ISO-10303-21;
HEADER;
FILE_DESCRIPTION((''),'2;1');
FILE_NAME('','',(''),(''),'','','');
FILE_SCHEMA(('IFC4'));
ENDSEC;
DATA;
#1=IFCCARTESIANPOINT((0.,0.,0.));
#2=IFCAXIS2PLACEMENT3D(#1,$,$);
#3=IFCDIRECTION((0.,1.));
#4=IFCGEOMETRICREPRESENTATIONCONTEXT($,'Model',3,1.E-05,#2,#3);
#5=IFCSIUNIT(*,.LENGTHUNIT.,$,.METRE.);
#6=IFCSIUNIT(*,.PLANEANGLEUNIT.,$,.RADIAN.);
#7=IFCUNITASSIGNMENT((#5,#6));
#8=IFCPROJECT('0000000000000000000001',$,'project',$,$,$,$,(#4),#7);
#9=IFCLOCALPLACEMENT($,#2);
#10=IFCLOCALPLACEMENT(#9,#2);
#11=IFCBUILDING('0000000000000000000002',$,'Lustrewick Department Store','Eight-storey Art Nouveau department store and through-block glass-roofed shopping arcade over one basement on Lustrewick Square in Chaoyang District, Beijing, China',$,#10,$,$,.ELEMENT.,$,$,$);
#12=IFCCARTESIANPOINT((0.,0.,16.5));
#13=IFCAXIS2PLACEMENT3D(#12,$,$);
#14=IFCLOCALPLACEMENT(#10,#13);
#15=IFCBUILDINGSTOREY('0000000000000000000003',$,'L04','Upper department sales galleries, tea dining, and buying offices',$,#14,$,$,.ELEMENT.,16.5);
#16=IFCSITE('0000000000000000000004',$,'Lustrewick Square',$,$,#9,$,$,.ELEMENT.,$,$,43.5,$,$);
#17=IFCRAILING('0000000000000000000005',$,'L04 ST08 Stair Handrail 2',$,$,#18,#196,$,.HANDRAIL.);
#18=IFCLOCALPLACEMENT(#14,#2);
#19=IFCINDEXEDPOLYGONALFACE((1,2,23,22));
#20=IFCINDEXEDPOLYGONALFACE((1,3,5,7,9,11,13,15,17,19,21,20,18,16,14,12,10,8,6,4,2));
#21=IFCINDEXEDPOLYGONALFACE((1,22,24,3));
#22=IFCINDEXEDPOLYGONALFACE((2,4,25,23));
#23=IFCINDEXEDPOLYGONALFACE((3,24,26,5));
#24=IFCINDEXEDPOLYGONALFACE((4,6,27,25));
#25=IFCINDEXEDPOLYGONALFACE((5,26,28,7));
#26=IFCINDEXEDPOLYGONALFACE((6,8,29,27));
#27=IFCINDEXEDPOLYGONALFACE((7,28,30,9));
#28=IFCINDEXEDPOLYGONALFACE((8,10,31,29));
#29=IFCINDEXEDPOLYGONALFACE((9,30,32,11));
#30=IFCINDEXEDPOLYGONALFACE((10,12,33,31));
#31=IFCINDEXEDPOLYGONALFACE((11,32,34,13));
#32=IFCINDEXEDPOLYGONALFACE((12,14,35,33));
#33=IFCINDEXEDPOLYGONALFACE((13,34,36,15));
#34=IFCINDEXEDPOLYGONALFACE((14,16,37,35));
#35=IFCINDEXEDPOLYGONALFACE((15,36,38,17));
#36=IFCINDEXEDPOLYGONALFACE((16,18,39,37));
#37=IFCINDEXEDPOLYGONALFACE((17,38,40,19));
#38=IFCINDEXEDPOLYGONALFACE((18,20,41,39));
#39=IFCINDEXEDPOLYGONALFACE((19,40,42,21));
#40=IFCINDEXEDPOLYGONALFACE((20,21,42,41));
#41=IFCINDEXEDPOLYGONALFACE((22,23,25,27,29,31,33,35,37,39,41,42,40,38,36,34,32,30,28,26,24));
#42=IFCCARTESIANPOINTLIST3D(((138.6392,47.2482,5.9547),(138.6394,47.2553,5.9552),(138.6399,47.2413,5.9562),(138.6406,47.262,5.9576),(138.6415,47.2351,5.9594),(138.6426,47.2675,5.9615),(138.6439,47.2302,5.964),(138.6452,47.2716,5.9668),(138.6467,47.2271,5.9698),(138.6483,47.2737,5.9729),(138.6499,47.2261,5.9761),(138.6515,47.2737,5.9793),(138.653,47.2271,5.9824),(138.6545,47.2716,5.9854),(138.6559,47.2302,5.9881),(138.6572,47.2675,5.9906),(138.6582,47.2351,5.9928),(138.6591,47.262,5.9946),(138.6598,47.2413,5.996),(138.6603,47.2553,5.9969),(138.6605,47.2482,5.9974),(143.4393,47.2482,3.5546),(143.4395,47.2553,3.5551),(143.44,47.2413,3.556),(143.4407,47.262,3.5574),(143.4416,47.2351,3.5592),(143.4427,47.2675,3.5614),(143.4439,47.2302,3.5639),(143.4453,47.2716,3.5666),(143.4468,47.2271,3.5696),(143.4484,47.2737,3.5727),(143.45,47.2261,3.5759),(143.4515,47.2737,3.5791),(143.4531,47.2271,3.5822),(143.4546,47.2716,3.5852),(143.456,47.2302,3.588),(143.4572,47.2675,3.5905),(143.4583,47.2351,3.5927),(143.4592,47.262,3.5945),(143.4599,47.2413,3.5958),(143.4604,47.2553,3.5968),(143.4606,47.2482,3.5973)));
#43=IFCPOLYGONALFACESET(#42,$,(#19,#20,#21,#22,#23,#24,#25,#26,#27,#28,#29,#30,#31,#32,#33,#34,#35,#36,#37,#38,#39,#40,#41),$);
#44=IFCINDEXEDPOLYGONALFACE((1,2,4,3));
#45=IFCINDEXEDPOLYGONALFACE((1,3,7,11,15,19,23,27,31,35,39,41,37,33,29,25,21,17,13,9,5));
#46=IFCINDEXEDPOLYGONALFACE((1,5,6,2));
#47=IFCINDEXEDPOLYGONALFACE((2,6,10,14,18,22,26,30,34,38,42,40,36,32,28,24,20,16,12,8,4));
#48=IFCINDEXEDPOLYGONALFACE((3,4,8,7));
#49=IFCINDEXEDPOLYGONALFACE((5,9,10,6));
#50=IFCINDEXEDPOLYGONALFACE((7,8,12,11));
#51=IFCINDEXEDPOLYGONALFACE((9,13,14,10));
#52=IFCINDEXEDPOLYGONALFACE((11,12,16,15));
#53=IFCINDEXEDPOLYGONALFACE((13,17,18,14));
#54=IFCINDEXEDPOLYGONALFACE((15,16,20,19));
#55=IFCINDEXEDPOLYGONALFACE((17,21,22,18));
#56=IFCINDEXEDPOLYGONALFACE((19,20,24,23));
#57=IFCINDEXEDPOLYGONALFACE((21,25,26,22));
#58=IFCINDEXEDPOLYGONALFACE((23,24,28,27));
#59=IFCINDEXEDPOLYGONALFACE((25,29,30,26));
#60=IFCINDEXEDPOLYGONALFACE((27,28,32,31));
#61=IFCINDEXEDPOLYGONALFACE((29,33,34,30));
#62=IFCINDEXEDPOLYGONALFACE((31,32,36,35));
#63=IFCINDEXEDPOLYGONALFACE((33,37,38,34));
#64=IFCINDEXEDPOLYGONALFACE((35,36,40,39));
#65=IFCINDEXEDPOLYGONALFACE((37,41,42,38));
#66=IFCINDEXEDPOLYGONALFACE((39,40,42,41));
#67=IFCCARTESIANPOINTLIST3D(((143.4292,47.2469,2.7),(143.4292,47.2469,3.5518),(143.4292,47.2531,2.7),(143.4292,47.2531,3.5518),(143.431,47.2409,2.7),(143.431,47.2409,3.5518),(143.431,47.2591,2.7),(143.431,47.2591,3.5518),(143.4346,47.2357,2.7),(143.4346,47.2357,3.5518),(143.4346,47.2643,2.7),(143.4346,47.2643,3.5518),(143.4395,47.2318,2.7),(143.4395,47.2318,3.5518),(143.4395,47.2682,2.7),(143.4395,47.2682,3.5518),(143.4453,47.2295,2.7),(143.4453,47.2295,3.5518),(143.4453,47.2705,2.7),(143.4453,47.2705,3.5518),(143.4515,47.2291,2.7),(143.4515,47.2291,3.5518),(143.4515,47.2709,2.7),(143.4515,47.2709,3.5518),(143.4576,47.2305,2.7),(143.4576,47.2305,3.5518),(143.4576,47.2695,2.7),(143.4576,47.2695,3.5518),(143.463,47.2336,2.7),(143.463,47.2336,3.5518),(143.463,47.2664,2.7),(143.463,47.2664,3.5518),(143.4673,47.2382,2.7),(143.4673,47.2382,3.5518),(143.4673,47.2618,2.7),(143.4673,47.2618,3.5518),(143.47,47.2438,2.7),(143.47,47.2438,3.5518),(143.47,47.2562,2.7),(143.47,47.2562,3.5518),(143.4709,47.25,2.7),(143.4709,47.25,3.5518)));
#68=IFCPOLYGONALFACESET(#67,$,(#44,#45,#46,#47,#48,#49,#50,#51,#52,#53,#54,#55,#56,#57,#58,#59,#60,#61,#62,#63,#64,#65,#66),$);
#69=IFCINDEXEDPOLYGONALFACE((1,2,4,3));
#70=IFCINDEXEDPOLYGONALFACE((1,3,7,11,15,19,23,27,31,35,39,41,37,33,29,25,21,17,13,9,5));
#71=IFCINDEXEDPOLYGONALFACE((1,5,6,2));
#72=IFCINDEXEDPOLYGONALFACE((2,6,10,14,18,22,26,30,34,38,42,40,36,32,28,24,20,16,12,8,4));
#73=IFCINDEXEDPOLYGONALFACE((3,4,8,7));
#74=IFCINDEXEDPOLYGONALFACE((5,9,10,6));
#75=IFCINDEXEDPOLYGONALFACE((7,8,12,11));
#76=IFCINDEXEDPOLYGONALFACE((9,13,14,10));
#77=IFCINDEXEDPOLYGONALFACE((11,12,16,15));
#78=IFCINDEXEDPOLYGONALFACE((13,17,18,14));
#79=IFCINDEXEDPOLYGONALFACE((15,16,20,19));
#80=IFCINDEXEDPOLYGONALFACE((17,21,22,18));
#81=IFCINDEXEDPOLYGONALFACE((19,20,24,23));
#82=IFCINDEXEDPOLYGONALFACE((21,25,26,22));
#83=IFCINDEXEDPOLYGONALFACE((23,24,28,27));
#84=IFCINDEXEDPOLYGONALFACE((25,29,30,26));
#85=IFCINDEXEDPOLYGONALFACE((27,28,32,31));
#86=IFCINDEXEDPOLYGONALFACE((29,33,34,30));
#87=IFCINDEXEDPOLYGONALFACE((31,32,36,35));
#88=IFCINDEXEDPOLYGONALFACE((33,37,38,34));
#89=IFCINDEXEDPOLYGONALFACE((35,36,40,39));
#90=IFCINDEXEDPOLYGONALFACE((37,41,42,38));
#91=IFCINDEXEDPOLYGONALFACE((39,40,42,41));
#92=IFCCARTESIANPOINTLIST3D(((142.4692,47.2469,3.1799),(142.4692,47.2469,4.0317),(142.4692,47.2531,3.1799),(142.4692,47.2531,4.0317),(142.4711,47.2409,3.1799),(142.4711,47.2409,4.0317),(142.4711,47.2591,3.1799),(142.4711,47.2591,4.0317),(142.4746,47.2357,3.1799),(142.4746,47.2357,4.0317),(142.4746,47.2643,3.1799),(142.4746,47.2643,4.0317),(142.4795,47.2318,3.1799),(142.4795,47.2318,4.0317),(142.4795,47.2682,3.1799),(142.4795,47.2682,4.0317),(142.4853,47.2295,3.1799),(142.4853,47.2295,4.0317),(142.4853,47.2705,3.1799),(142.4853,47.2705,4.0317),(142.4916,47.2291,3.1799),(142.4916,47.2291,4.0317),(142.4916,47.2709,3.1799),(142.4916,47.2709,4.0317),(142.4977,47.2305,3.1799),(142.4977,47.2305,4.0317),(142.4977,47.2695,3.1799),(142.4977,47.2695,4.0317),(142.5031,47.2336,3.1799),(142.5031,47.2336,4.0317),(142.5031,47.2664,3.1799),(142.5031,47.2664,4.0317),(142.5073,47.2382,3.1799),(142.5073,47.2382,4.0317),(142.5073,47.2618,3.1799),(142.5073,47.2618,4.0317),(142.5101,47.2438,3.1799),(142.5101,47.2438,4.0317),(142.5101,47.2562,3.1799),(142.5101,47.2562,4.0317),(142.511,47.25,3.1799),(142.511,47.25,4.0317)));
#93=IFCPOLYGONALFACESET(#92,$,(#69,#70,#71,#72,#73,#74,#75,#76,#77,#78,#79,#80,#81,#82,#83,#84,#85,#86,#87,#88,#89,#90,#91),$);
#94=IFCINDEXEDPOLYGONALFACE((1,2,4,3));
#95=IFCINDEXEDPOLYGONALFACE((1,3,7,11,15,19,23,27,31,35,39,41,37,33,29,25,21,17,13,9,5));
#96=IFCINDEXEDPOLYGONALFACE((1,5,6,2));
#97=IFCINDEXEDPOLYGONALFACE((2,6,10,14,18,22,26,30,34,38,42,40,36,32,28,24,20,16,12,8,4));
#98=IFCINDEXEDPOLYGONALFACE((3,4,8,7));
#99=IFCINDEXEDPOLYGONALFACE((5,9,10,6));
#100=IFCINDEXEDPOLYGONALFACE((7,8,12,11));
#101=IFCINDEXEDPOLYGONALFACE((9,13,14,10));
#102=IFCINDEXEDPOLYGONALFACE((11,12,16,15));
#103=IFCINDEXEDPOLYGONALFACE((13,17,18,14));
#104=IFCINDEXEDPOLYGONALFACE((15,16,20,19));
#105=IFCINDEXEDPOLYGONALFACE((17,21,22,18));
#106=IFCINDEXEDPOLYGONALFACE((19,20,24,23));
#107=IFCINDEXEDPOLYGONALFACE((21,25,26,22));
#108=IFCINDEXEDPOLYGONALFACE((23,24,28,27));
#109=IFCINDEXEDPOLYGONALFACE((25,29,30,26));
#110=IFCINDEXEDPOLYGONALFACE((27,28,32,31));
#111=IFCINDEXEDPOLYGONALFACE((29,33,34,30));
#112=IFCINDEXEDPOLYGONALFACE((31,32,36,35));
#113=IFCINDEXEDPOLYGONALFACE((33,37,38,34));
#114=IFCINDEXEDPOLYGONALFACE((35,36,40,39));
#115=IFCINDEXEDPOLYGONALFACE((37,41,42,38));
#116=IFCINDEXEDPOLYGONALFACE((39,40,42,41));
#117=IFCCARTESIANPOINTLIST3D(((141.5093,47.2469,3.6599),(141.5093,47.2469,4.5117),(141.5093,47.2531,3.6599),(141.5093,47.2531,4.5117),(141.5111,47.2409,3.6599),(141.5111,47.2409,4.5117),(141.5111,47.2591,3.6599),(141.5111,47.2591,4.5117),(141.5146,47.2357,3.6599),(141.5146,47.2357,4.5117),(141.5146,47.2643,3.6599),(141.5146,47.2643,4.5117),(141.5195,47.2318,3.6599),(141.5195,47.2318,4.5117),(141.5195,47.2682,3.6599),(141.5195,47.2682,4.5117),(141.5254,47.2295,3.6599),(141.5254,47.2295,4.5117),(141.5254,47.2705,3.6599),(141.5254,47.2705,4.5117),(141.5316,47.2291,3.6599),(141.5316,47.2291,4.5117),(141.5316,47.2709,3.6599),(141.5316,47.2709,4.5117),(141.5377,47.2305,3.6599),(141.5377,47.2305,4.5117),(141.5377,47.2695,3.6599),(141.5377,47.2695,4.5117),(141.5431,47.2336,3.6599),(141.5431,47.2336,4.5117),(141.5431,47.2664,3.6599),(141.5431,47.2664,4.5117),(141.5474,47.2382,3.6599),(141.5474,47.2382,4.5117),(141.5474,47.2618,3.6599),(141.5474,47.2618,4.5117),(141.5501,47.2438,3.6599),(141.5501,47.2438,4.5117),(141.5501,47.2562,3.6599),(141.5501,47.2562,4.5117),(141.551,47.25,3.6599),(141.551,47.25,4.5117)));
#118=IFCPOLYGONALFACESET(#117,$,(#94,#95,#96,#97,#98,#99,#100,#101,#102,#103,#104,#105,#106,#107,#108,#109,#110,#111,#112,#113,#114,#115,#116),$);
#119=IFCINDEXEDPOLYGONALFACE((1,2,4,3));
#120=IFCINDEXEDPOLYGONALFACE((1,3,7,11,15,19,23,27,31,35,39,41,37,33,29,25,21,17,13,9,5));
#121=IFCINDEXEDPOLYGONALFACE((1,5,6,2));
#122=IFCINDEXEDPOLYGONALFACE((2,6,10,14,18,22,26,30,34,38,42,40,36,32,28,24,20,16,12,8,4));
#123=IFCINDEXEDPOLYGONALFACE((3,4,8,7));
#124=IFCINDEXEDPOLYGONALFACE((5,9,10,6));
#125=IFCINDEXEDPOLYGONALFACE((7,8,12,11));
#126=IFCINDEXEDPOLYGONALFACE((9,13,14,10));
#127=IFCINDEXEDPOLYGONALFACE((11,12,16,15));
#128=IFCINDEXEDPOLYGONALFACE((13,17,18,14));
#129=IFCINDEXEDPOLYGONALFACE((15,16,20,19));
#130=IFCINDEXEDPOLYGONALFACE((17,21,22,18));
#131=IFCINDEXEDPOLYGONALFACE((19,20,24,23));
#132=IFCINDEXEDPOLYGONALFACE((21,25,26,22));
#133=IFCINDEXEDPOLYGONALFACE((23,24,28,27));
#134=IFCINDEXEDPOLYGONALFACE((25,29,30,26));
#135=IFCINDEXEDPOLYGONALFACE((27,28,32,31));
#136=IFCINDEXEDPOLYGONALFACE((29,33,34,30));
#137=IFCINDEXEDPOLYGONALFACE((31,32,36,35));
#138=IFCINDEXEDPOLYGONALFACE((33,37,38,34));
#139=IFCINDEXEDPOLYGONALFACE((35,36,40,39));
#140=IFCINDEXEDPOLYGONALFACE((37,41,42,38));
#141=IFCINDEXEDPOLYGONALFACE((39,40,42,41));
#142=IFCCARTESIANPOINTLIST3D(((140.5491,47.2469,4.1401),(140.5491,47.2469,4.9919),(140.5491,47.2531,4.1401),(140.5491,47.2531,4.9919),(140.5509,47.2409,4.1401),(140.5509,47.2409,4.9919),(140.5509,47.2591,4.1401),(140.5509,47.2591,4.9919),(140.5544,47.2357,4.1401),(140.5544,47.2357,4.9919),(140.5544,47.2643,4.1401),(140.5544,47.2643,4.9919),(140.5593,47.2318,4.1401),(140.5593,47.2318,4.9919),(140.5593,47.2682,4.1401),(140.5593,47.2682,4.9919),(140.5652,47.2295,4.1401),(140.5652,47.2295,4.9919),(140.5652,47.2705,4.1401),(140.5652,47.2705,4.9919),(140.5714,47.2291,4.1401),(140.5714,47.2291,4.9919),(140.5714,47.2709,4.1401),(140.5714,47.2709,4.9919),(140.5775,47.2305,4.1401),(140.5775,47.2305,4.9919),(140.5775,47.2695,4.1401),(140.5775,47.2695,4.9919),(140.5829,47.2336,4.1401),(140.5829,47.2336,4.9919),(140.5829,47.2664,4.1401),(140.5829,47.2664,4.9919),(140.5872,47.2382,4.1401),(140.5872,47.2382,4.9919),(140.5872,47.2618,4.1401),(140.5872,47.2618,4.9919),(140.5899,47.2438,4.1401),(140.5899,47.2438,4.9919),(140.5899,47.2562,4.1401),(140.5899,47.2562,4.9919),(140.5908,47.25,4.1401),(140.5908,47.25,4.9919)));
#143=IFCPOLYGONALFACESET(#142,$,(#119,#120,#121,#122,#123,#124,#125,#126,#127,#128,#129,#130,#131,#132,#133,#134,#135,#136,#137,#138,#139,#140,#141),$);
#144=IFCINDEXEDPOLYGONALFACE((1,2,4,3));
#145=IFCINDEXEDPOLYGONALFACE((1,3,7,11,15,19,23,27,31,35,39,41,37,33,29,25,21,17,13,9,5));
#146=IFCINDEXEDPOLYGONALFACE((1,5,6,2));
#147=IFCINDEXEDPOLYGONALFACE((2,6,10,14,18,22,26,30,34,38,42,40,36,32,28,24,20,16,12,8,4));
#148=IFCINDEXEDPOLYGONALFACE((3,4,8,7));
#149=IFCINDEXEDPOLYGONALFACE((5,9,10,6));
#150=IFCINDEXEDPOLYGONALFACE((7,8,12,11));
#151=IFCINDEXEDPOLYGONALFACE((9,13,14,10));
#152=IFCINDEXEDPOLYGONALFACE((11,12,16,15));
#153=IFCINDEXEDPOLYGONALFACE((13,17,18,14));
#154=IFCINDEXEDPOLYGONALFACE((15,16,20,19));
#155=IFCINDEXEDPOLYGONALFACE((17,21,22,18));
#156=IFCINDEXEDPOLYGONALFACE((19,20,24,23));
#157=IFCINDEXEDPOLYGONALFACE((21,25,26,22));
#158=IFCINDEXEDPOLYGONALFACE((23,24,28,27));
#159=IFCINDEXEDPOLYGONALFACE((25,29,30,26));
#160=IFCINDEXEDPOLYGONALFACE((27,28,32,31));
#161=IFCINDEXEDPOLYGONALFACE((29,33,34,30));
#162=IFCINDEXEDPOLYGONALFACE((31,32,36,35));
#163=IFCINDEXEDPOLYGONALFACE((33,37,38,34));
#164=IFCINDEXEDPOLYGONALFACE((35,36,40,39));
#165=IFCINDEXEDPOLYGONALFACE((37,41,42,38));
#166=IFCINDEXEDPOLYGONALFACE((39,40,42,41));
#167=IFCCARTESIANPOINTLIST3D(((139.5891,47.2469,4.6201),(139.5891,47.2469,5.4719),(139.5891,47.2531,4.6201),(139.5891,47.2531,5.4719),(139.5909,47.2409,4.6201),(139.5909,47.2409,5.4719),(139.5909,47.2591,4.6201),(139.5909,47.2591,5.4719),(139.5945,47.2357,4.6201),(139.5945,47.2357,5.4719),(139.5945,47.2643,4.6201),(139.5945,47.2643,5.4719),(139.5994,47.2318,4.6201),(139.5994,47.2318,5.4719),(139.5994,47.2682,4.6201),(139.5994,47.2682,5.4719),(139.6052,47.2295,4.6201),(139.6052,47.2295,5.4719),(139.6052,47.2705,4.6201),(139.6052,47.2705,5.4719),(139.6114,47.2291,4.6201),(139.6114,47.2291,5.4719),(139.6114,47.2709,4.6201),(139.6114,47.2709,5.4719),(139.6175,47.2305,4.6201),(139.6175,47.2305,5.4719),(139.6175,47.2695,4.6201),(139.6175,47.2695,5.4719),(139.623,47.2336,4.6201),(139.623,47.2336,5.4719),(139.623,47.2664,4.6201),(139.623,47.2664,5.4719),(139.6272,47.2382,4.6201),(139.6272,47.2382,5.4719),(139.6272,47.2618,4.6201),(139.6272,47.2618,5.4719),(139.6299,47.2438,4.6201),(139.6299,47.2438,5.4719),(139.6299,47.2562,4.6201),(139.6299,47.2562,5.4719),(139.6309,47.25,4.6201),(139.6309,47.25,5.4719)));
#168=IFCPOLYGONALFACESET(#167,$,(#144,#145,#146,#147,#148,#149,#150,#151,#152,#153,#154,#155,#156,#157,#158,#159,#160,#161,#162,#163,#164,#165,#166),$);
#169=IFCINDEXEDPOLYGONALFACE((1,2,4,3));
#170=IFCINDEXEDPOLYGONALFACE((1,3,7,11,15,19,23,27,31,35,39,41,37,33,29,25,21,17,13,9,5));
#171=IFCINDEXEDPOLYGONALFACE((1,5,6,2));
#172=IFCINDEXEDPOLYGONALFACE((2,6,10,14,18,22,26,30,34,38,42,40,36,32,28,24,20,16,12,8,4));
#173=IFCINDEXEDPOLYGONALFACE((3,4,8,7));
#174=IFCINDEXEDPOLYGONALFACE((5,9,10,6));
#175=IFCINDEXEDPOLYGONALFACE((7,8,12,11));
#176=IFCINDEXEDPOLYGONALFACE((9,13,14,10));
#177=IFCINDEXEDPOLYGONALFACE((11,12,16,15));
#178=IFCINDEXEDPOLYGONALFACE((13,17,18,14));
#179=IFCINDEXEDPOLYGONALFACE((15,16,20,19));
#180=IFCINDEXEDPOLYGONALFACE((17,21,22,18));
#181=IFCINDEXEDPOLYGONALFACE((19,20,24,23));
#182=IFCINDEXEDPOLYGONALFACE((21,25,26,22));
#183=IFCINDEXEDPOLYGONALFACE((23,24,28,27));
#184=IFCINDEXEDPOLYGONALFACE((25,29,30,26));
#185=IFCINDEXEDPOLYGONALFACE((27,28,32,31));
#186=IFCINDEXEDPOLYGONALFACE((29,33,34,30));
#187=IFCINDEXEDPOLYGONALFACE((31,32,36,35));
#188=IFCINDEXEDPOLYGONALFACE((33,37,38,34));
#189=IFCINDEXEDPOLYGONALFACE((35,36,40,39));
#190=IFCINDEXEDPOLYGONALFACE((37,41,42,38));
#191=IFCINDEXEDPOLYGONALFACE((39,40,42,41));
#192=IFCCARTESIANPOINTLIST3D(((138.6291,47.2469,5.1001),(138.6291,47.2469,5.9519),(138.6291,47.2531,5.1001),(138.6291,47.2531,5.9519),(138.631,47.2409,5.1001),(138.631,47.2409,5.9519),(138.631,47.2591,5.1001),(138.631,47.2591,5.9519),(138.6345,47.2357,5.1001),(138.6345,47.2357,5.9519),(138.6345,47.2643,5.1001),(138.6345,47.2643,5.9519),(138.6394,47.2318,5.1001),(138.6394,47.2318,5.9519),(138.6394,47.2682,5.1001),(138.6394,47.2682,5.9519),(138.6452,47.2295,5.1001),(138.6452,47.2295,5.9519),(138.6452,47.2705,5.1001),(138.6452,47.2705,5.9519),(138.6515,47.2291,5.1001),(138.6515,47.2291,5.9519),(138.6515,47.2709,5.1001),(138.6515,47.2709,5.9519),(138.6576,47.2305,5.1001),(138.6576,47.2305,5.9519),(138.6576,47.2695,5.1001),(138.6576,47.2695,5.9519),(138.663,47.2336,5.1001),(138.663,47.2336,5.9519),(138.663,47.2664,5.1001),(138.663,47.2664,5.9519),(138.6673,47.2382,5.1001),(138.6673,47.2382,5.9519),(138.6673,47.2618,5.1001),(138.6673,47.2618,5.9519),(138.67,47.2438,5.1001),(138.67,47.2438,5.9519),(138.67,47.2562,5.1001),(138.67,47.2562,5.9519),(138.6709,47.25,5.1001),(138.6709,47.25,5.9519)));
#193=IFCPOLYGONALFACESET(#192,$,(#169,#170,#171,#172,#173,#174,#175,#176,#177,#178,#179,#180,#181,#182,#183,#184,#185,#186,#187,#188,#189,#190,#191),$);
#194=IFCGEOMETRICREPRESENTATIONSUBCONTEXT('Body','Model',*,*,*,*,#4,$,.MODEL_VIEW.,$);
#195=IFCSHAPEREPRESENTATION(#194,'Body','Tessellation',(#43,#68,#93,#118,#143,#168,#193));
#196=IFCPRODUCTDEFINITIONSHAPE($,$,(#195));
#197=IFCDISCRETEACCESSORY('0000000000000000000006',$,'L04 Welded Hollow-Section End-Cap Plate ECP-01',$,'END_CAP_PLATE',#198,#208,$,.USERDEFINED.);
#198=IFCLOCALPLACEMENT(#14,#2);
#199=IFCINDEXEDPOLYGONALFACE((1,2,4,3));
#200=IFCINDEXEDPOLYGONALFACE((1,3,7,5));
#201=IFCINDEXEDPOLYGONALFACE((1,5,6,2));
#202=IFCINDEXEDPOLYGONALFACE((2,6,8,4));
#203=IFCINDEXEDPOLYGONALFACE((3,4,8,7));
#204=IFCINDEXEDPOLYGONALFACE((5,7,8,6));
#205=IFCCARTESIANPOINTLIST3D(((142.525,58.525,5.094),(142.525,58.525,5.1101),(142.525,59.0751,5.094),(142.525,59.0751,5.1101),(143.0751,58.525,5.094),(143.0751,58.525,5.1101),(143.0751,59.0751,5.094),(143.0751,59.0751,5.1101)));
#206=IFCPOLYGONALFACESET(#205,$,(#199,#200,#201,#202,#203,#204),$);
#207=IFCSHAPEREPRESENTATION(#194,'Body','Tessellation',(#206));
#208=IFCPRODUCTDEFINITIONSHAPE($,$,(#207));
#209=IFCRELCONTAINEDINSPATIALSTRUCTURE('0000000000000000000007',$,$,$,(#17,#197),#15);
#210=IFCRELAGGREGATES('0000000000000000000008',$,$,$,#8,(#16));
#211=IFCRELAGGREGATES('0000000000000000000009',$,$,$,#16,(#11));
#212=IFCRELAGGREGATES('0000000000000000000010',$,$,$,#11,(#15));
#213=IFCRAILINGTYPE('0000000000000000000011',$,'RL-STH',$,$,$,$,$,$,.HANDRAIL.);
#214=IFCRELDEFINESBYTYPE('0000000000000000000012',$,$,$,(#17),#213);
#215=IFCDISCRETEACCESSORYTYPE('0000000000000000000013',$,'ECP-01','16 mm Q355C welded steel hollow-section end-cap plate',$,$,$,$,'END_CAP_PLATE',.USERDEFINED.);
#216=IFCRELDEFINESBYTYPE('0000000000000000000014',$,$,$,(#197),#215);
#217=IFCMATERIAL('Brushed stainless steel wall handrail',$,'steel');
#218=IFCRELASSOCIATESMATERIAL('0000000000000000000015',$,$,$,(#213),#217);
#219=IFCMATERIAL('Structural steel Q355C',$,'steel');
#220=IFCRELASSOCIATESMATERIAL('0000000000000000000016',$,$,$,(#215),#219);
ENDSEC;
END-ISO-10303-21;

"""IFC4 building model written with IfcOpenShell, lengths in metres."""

from ifc_helpers import new_model, si_unit, direction, frame, origin, origin_2d, place, context, subcontext, project, spatial, rectangle, circle, extrude, material, type_object, element, save


model = new_model("IFC4")

# Units and contexts
model_context = context("Model", 3, precision=1e-05, world=origin(), true_north=direction((0.0, 1.0)))
body_context = subcontext(model_context, "Body", "Model", "MODEL_VIEW")
ifc_project = project(units=[si_unit("LENGTHUNIT", "METRE"), si_unit("PLANEANGLEUNIT", "RADIAN")], contexts=[model_context])

# Site, building, storey
site_placement = place(None, origin())
site = spatial("IfcSite", under=ifc_project, at=site_placement, Name="Lustrewick Square", CompositionType="ELEMENT", RefElevation=43.5)
building_placement = place(site_placement, origin())
building = spatial("IfcBuilding", under=site, at=building_placement, Name="Lustrewick Department Store", Description="Eight-storey Art Nouveau department store and through-block glass-roofed shopping arcade over one basement on Lustrewick Square in Chaoyang District, Beijing, China", CompositionType="ELEMENT")
storey_placement = place(building_placement, frame((0.0, 0.0, 16.5)))
storey = spatial("IfcBuildingStorey", under=building, at=storey_placement, Name="L04", Description="Upper department sales galleries, tea dining, and buying offices", CompositionType="ELEMENT", Elevation=16.5)

# Shared definitions
ifc_material_1 = material(Name="Structural steel Q355C", Category="steel")

# Railing
ifc_material_2 = material(Name="Brushed stainless steel wall handrail", Category="steel")
railing_type_1 = type_object("IfcRailingType", Name="RL-STH", PredefinedType="HANDRAIL", material=ifc_material_2)
railing_1_placement = place(storey_placement, frame((143.45, 47.25, 2.7)))
element("IfcRailing", 1, at=railing_1_placement, inside=storey, type_object=railing_type_1, Name="L04 ST08 Stair Handrail 2", PredefinedType="HANDRAIL", context=body_context, shape_type="SweptSolid", body=[
    extrude(circle(Radius=0.0239, at=origin_2d()), frame((0.0, 0.0, 0.876), z_axis=(-0.894418, 0.0, 0.447232), x_axis=(0.0, -1.0, 0.0)), (0.0, 0.0, 1.0), 5.3667),
    extrude(circle(Radius=0.021, at=origin_2d()), origin(), (0.0, 0.0, 1.0), 0.8518),
    extrude(circle(Radius=0.021, at=origin_2d()), frame((-0.96, 0.0, 0.48)), (0.0, 0.0, 1.0), 0.8518),
    extrude(circle(Radius=0.021, at=origin_2d()), frame((-1.9199, 0.0, 0.96)), (0.0, 0.0, 1.0), 0.8518),
    extrude(circle(Radius=0.021, at=origin_2d()), frame((-2.8801, 0.0, 1.4402)), (0.0, 0.0, 1.0), 0.8518),
    extrude(circle(Radius=0.021, at=origin_2d()), frame((-3.8401, 0.0, 1.9202)), (0.0, 0.0, 1.0), 0.8518),
    extrude(circle(Radius=0.021, at=origin_2d()), frame((-4.8, 0.0, 2.4001)), (0.0, 0.0, 1.0), 0.8518),
])

# Discrete accessory
discrete_accessory_type = type_object("IfcDiscreteAccessoryType", Name="ECP-01", Description="16 mm Q355C welded steel hollow-section end-cap plate", ElementType="END_CAP_PLATE", PredefinedType="USERDEFINED", material=ifc_material_1)
discrete_accessory_1_placement = place(storey_placement, frame((142.8, 58.8, 5.094), z_axis=(0.0, 0.0, 1.0), x_axis=(1.0, 0.0, 0.0)))
element("IfcDiscreteAccessory", 2, at=discrete_accessory_1_placement, inside=storey, type_object=discrete_accessory_type, Name="L04 Welded Hollow-Section End-Cap Plate ECP-01", ObjectType="END_CAP_PLATE", PredefinedType="USERDEFINED", context=body_context, shape_type="SweptSolid", body=[
    extrude(rectangle(XDim=0.55, YDim=0.55, at=origin_2d()), origin(), (0.0, 0.0, 1.0), 0.0161),
])

save(model, "model.ifc")
